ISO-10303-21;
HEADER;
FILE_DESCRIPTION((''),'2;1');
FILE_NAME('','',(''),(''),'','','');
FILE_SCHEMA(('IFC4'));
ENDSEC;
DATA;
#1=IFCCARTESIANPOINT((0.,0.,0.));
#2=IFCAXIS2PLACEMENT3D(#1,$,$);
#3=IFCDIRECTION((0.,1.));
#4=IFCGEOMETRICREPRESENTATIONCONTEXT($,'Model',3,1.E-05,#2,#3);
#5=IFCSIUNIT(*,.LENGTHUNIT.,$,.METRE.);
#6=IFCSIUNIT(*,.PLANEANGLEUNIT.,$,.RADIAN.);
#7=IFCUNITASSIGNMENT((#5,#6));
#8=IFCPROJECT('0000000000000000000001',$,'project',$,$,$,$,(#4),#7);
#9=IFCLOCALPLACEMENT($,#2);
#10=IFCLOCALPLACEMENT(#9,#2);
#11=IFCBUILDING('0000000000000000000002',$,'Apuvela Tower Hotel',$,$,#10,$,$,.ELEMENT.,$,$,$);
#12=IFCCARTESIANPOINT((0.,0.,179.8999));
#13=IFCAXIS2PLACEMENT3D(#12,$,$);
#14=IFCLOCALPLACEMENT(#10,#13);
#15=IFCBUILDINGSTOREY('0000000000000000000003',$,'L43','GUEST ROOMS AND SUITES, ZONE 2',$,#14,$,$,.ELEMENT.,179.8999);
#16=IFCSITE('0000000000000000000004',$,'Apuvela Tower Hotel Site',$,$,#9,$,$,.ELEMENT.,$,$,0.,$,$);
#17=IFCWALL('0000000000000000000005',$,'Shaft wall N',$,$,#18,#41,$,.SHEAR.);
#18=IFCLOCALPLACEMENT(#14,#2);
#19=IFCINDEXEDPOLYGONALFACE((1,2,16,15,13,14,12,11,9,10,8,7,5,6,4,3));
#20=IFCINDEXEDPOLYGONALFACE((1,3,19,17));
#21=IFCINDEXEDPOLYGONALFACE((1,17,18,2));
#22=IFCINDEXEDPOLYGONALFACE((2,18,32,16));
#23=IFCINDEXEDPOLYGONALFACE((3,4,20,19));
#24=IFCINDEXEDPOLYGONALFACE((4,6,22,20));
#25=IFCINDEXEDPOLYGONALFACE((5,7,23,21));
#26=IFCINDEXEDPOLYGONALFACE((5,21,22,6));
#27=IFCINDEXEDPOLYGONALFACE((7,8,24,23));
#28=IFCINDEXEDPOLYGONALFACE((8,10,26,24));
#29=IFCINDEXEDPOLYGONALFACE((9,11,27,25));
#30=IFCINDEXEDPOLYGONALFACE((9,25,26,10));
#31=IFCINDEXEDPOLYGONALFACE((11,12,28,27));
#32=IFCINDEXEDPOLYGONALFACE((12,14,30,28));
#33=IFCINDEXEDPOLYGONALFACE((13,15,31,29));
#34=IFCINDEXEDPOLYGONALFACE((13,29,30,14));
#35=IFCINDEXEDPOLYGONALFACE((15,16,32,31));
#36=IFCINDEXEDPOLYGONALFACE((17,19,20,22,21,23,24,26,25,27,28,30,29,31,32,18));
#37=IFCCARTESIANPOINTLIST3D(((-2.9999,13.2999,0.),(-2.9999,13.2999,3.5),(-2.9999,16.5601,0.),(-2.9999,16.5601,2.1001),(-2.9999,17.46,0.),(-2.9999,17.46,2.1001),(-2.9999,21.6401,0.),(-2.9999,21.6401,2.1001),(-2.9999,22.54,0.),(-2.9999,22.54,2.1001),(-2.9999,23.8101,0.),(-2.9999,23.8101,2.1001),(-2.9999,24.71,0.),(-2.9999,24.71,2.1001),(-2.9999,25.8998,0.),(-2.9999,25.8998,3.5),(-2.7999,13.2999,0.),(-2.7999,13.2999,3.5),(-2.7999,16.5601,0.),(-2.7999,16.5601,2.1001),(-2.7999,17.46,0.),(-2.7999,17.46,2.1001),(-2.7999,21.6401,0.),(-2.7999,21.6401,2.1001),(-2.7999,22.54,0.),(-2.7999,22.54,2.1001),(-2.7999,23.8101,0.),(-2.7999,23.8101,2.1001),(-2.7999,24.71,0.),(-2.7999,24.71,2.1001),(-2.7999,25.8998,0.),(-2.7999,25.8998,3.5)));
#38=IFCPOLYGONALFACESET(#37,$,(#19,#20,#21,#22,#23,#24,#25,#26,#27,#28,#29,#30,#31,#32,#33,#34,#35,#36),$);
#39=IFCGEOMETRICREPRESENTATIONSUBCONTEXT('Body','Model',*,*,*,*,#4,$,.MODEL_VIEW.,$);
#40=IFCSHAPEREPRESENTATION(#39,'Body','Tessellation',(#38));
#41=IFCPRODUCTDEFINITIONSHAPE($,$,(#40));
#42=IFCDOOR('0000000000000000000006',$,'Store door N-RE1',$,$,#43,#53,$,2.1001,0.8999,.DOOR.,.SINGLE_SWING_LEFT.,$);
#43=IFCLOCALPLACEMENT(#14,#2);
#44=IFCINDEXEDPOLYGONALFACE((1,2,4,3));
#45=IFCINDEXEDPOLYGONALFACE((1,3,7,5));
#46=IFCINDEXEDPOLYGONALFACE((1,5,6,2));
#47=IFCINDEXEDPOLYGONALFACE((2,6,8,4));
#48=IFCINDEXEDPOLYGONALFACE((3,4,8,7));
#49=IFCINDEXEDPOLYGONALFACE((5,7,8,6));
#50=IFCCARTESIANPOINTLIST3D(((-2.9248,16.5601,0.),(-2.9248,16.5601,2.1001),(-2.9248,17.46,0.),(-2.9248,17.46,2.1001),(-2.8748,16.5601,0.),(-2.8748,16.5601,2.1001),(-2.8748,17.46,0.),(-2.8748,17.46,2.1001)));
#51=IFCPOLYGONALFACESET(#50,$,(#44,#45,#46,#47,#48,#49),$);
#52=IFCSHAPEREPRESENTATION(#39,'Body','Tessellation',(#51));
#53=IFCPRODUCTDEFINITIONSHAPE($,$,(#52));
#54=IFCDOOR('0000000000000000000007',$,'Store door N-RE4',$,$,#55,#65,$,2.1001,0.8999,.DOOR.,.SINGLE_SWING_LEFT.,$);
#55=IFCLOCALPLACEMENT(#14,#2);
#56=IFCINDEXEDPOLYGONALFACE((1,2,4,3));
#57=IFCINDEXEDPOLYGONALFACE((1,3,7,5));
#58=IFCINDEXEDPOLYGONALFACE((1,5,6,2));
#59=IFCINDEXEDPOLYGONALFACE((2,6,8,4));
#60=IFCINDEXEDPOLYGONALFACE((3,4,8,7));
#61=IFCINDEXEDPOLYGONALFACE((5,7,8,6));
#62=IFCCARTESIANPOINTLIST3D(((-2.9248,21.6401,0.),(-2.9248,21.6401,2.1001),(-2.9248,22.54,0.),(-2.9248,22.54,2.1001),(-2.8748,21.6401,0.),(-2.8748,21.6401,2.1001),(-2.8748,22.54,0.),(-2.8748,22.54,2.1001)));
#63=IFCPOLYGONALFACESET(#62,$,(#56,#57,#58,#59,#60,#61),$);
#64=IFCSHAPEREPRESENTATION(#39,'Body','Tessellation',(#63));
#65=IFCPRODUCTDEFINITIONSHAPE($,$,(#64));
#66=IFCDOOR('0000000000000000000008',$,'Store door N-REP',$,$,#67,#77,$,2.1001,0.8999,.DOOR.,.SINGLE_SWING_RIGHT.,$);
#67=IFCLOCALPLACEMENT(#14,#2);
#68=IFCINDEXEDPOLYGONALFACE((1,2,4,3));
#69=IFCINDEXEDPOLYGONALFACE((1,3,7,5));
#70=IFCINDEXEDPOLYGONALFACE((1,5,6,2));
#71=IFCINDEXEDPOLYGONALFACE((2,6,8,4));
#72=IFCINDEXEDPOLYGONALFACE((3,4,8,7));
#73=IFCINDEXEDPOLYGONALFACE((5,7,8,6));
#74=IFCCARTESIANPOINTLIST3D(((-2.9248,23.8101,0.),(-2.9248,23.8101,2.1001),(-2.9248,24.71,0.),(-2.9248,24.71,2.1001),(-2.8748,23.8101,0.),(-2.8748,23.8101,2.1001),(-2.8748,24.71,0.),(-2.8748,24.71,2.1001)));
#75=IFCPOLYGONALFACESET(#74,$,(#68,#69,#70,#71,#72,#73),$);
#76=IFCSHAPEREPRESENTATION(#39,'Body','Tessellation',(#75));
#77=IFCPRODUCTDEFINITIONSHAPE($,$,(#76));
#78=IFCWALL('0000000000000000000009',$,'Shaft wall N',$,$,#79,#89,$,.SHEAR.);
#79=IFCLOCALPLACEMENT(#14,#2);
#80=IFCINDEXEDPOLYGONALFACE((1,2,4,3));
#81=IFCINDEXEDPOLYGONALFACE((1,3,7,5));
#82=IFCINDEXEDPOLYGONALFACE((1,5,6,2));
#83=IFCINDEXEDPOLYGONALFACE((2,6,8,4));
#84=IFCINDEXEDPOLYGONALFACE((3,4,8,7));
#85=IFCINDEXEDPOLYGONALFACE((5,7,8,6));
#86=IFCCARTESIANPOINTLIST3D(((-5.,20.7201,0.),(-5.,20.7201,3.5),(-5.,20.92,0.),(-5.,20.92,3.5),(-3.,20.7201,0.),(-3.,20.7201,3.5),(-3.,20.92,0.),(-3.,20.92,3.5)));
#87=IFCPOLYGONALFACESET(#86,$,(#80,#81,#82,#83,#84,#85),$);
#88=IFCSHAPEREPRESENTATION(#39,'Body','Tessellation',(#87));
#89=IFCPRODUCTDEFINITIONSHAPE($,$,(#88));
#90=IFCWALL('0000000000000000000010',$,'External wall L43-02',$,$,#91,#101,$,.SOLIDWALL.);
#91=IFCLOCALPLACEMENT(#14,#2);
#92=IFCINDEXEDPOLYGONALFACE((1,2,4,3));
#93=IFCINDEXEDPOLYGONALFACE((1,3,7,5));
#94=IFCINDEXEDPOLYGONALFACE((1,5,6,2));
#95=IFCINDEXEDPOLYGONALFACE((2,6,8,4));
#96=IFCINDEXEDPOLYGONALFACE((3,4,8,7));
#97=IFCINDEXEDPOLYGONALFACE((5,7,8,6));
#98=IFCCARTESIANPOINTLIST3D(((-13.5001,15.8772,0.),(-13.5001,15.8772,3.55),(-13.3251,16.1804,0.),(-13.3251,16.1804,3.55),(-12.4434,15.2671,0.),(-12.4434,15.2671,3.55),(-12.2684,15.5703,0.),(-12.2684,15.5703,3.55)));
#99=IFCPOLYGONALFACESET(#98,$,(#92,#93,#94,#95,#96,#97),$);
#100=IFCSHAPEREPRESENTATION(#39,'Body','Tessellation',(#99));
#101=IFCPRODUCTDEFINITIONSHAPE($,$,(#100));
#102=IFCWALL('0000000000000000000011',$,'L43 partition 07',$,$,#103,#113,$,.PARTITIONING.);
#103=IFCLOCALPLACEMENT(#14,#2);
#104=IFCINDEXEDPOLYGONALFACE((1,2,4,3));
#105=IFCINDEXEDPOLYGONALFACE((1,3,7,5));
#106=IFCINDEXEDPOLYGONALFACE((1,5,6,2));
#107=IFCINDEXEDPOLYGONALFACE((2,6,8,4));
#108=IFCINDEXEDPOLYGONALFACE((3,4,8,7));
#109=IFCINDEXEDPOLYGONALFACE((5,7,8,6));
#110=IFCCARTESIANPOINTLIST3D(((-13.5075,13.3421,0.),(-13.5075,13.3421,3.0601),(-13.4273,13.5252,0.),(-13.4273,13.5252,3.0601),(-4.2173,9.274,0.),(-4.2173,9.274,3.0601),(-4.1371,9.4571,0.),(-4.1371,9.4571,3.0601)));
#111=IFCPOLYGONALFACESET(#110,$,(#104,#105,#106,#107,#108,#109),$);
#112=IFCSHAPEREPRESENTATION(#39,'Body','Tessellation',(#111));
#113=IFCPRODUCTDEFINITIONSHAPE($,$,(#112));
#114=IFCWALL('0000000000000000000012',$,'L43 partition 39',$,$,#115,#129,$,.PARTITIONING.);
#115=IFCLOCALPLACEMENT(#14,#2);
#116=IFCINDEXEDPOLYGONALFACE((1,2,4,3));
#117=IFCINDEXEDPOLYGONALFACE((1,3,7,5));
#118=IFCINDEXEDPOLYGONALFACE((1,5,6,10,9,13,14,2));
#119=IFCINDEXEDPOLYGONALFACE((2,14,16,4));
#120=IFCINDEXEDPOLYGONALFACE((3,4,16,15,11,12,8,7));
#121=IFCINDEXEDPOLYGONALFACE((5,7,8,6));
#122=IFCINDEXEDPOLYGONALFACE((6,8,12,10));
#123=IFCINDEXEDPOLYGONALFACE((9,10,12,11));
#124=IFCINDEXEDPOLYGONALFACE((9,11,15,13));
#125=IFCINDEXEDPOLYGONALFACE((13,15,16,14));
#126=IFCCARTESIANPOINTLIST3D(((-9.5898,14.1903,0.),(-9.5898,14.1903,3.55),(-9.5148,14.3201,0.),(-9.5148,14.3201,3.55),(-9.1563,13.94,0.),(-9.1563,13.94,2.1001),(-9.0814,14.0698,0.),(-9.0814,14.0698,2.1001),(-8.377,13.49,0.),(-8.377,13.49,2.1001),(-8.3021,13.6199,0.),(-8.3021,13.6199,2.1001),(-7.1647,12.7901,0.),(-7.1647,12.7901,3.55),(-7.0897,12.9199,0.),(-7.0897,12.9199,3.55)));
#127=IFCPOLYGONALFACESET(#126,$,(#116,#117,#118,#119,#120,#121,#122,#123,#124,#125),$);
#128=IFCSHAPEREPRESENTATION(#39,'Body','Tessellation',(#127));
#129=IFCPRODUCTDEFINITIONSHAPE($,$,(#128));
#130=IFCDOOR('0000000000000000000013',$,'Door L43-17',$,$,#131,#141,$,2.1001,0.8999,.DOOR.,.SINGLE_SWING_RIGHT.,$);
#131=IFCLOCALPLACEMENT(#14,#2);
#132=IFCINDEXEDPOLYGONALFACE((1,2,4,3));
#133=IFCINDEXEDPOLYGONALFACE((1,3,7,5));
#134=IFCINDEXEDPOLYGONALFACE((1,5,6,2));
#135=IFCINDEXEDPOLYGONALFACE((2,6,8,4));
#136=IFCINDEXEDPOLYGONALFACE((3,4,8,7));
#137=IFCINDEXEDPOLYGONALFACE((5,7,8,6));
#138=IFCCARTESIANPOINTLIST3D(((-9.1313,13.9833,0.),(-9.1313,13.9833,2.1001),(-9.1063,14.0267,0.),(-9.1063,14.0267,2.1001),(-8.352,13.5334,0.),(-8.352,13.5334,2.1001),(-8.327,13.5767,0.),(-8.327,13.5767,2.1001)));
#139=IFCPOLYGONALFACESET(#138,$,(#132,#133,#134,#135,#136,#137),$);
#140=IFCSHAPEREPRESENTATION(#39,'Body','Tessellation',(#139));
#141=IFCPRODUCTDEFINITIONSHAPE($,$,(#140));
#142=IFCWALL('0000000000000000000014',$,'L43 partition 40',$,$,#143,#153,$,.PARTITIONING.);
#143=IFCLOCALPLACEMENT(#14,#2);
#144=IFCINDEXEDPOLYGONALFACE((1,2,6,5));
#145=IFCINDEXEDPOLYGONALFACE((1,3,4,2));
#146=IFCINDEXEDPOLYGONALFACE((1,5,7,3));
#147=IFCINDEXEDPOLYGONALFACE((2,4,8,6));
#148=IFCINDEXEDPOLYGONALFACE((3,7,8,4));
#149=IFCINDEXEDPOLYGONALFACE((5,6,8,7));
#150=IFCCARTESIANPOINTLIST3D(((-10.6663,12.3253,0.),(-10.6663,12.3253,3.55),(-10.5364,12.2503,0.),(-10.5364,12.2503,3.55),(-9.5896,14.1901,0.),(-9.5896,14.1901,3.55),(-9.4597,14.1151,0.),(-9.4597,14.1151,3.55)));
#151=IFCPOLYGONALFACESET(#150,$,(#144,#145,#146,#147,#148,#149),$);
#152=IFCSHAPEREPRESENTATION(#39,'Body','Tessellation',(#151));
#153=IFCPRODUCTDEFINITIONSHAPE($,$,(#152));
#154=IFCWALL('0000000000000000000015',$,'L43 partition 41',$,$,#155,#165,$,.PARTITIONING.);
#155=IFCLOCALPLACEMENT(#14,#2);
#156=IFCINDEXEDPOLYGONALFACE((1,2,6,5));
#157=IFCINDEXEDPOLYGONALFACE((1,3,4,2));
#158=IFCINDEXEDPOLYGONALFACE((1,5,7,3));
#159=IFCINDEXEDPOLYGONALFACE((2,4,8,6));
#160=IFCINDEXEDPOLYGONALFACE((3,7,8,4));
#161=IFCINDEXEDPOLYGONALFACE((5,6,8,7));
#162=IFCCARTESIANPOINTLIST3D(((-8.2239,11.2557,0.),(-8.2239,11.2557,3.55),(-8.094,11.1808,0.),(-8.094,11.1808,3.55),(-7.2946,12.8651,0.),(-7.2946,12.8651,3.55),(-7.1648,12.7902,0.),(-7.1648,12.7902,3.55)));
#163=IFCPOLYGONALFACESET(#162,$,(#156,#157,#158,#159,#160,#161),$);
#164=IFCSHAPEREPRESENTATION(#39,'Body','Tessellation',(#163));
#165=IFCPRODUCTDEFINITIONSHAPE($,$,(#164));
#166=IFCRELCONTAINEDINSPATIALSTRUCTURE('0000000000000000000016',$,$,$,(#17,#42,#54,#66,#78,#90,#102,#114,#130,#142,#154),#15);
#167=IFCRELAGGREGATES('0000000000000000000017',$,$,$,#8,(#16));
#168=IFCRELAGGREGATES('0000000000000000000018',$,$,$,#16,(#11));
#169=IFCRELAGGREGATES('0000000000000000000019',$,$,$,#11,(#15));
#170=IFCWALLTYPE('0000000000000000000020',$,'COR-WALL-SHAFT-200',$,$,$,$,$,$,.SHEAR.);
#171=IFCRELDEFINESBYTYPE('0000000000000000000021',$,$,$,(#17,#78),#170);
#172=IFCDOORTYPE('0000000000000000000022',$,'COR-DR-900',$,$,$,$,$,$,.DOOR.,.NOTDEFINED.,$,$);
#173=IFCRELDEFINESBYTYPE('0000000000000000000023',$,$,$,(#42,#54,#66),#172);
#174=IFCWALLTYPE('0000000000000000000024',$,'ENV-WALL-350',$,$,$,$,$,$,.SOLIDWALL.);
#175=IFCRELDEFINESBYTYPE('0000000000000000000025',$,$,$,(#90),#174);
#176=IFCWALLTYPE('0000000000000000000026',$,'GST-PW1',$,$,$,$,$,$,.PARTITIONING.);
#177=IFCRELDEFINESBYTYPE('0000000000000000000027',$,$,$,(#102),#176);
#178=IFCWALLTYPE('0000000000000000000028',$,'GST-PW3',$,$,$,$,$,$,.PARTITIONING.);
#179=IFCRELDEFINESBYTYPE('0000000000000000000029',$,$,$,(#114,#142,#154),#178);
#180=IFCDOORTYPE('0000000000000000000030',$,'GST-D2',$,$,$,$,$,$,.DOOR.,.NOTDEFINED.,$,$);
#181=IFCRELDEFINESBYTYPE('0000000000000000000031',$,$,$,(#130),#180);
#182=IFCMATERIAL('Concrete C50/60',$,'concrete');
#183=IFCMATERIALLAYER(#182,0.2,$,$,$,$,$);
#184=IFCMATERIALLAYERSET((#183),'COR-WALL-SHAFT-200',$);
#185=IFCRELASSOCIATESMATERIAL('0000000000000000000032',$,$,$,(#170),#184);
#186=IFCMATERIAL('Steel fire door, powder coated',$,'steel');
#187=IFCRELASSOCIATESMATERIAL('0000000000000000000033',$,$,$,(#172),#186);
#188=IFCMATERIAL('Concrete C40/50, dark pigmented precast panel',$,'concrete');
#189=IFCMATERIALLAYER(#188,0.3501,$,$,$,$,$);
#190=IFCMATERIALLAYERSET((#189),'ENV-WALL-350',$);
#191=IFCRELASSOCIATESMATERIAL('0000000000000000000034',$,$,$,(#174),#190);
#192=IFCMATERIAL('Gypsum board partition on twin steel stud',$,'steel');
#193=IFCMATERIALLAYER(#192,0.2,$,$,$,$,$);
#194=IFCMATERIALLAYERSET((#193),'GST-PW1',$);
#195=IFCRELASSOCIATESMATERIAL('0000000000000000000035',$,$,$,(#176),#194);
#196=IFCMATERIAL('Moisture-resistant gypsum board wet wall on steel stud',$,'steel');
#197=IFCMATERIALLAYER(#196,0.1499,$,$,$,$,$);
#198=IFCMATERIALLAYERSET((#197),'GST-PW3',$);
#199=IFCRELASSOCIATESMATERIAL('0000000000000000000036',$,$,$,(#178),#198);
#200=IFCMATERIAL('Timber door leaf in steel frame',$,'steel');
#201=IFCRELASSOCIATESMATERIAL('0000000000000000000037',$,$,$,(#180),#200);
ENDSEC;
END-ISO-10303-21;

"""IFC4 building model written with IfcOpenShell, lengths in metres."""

from ifc_helpers import new_model, si_unit, direction, frame, frame_2d, origin, place, context, subcontext, project, spatial, rectangle, extrude, material, layer, layer_set, type_object, element, fill, save


model = new_model("IFC4")

# Units and contexts
model_context = context("Model", 3, precision=1e-05, world=origin(), true_north=direction((0.0, 1.0)))
body_context = subcontext(model_context, "Body", "Model", "MODEL_VIEW")
ifc_project = project(units=[si_unit("LENGTHUNIT", "METRE"), si_unit("PLANEANGLEUNIT", "RADIAN")], contexts=[model_context])

# Site, building, storey
site_placement = place(None, origin())
site = spatial("IfcSite", under=ifc_project, at=site_placement, Name="Apuvela Tower Hotel Site", CompositionType="ELEMENT", RefElevation=0.0)
building_placement = place(site_placement, origin())
building = spatial("IfcBuilding", under=site, at=building_placement, Name="Apuvela Tower Hotel", CompositionType="ELEMENT")
storey_placement = place(building_placement, frame((0.0, 0.0, 179.8999)))
storey = spatial("IfcBuildingStorey", under=building, at=storey_placement, Name="L43", Description="GUEST ROOMS AND SUITES, ZONE 2", CompositionType="ELEMENT", Elevation=179.8999)

# Shared definitions
ifc_material_1 = material(Name="Concrete C50/60", Category="concrete")
ifc_layer_1 = layer(ifc_material_1, 0.2)
ifc_layer_set_1 = layer_set([ifc_layer_1], Name="COR-WALL-SHAFT-200")
wall_type_1 = type_object("IfcWallType", Name="COR-WALL-SHAFT-200", PredefinedType="SHEAR", material=ifc_layer_set_1)

# Wall, openings, doors
wall_1_placement = place(storey_placement, frame((-2.8999, 13.3, 0.0), z_axis=(0.0, 0.0, 1.0), x_axis=(0.0, 1.0, 0.0)))
wall_1 = element("IfcWall", 1, at=wall_1_placement, inside=storey, type_object=wall_type_1, Name="Shaft wall N", PredefinedType="SHEAR", context=body_context, shape_type="SweptSolid", body=[
    extrude(rectangle(XDim=12.5999, YDim=0.2, at=frame_2d((6.2998, 0.0))), origin(), (0.0, 0.0, 1.0), 3.5),
])
opening_1_placement = place(wall_1_placement, frame((3.26, 0.0, 0.0)))
opening_1 = element("IfcOpeningElement", 2, at=opening_1_placement, cuts=wall_1, PredefinedType="OPENING", context=body_context, shape_type="SweptSolid", body=[
    extrude(rectangle(XDim=0.8999, YDim=2.1001, at=frame_2d((0.45, 1.05))), frame((0.0, 0.1099, 0.0), z_axis=(0.0, -1.0, 0.0), x_axis=(1.0, 0.0, 0.0)), (0.0, 0.0, 1.0), 0.22),
])
opening_2_placement = place(wall_1_placement, frame((8.3401, 0.0, 0.0)))
opening_2 = element("IfcOpeningElement", 3, at=opening_2_placement, cuts=wall_1, PredefinedType="OPENING", context=body_context, shape_type="SweptSolid", body=[
    extrude(rectangle(XDim=0.8999, YDim=2.1001, at=frame_2d((0.45, 1.05))), frame((0.0, 0.1099, 0.0), z_axis=(0.0, -1.0, 0.0), x_axis=(1.0, 0.0, 0.0)), (0.0, 0.0, 1.0), 0.22),
])
opening_3_placement = place(wall_1_placement, frame((10.51, 0.0, 0.0)))
opening_3 = element("IfcOpeningElement", 4, at=opening_3_placement, cuts=wall_1, PredefinedType="OPENING", context=body_context, shape_type="SweptSolid", body=[
    extrude(rectangle(XDim=0.8999, YDim=2.1001, at=frame_2d((0.45, 1.05))), frame((0.0, 0.1099, 0.0), z_axis=(0.0, -1.0, 0.0), x_axis=(1.0, 0.0, 0.0)), (0.0, 0.0, 1.0), 0.22),
])
ifc_material_2 = material(Name="Steel fire door, powder coated", Category="steel")
door_type_1 = type_object("IfcDoorType", Name="COR-DR-900", OperationType="NOTDEFINED", PredefinedType="DOOR", material=ifc_material_2)
door_1_placement = place(opening_1_placement, origin())
door_1 = element("IfcDoor", 5, at=door_1_placement, inside=storey, type_object=door_type_1, Name="Store door N-RE1", OperationType="SINGLE_SWING_LEFT", OverallHeight=2.1001, OverallWidth=0.8999, PredefinedType="DOOR", context=body_context, shape_type="SweptSolid", body=[
    extrude(rectangle(XDim=0.8999, YDim=2.1001, at=frame_2d((0.45, 1.05))), frame((0.0, 0.0249, 0.0), z_axis=(0.0, -1.0, 0.0), x_axis=(1.0, 0.0, 0.0)), (0.0, 0.0, 1.0), 0.05),
])
fill(opening_1, door_1)
door_2_placement = place(opening_2_placement, origin())
door_2 = element("IfcDoor", 6, at=door_2_placement, inside=storey, type_object=door_type_1, Name="Store door N-RE4", OperationType="SINGLE_SWING_LEFT", OverallHeight=2.1001, OverallWidth=0.8999, PredefinedType="DOOR", context=body_context, shape_type="SweptSolid", body=[
    extrude(rectangle(XDim=0.8999, YDim=2.1001, at=frame_2d((0.45, 1.05))), frame((0.0, 0.0249, 0.0), z_axis=(0.0, -1.0, 0.0), x_axis=(1.0, 0.0, 0.0)), (0.0, 0.0, 1.0), 0.05),
])
fill(opening_2, door_2)
door_3_placement = place(opening_3_placement, origin())
door_3 = element("IfcDoor", 7, at=door_3_placement, inside=storey, type_object=door_type_1, Name="Store door N-REP", OperationType="SINGLE_SWING_RIGHT", OverallHeight=2.1001, OverallWidth=0.8999, PredefinedType="DOOR", context=body_context, shape_type="SweptSolid", body=[
    extrude(rectangle(XDim=0.8999, YDim=2.1001, at=frame_2d((0.45, 1.05))), frame((0.0, 0.0249, 0.0), z_axis=(0.0, -1.0, 0.0), x_axis=(1.0, 0.0, 0.0)), (0.0, 0.0, 1.0), 0.05),
])
fill(opening_3, door_3)

# Walls
wall_2_placement = place(storey_placement, frame((-3.0, 20.8201, 0.0), z_axis=(0.0, 0.0, 1.0), x_axis=(-1.0, 0.0, 0.0)))
element("IfcWall", 8, at=wall_2_placement, inside=storey, type_object=wall_type_1, Name="Shaft wall N", PredefinedType="SHEAR", context=body_context, shape_type="SweptSolid", body=[
    extrude(rectangle(XDim=2.0, YDim=0.2, at=frame_2d((1.0, 0.0))), origin(), (0.0, 0.0, 1.0), 3.5),
])
ifc_material_3 = material(Name="Concrete C40/50, dark pigmented precast panel", Category="concrete")
ifc_layer_2 = layer(ifc_material_3, 0.3501)
ifc_layer_set_2 = layer_set([ifc_layer_2], Name="ENV-WALL-350")
wall_type_2 = type_object("IfcWallType", Name="ENV-WALL-350", PredefinedType="SOLIDWALL", material=ifc_layer_set_2)
wall_3_placement = place(storey_placement, frame((-13.4126, 16.0288, 0.0), z_axis=(0.0, 0.0, 1.0), x_axis=(0.866006, -0.500034, 0.0)))
element("IfcWall", 9, at=wall_3_placement, inside=storey, type_object=wall_type_2, Name="External wall L43-02", PredefinedType="SOLIDWALL", context=body_context, shape_type="SweptSolid", body=[
    extrude(rectangle(XDim=1.2202, YDim=0.3501, at=frame_2d((0.6101, 0.0))), origin(), (0.0, 0.0, 1.0), 3.55),
])

# Wall
ifc_material_4 = material(Name="Gypsum board partition on twin steel stud", Category="steel")
ifc_layer_3 = layer(ifc_material_4, 0.2)
ifc_layer_set_3 = layer_set([ifc_layer_3], Name="GST-PW1")
wall_type_3 = type_object("IfcWallType", Name="GST-PW1", PredefinedType="PARTITIONING", material=ifc_layer_set_3)
wall_4_placement = place(storey_placement, frame((-13.4673, 13.4336, 0.0), z_axis=(0.0, 0.0, 1.0), x_axis=(0.916026, -0.401118, 0.0)))
element("IfcWall", 10, at=wall_4_placement, inside=storey, type_object=wall_type_3, Name="L43 partition 07", PredefinedType="PARTITIONING", context=body_context, shape_type="SweptSolid", body=[
    extrude(rectangle(XDim=10.1418, YDim=0.2, at=frame_2d((5.0708, 0.0))), origin(), (0.0, 0.0, 1.0), 3.0601),
])

# Wall, opening, door
ifc_material_5 = material(Name="Moisture-resistant gypsum board wet wall on steel stud", Category="steel")
ifc_layer_4 = layer(ifc_material_5, 0.1499)
ifc_layer_set_4 = layer_set([ifc_layer_4], Name="GST-PW3")
wall_type_4 = type_object("IfcWallType", Name="GST-PW3", PredefinedType="PARTITIONING", material=ifc_layer_set_4)
wall_5_placement = place(storey_placement, frame((-7.1272, 12.855, 0.0), z_axis=(0.0, 0.0, 1.0), x_axis=(-0.866019, 0.500012, 0.0)))
wall_5 = element("IfcWall", 11, at=wall_5_placement, inside=storey, type_object=wall_type_4, Name="L43 partition 39", PredefinedType="PARTITIONING", context=body_context, shape_type="SweptSolid", body=[
    extrude(rectangle(XDim=2.8003, YDim=0.1499, at=frame_2d((1.4001, 0.0))), origin(), (0.0, 0.0, 1.0), 3.55),
])
opening_4_placement = place(wall_5_placement, frame((1.3999, 0.0, 0.0)))
opening_4 = element("IfcOpeningElement", 12, at=opening_4_placement, cuts=wall_5, PredefinedType="OPENING", context=body_context, shape_type="SweptSolid", body=[
    extrude(rectangle(XDim=0.8999, YDim=2.1001, at=frame_2d((0.45, 1.05))), frame((0.0, 0.085, 0.0), z_axis=(0.0, -1.0, 0.0), x_axis=(1.0, 0.0, 0.0)), (0.0, 0.0, 1.0), 0.1699),
])
ifc_material_6 = material(Name="Timber door leaf in steel frame", Category="steel")
door_type_2 = type_object("IfcDoorType", Name="GST-D2", OperationType="NOTDEFINED", PredefinedType="DOOR", material=ifc_material_6)
door_4_placement = place(opening_4_placement, origin())
door_4 = element("IfcDoor", 13, at=door_4_placement, inside=storey, type_object=door_type_2, Name="Door L43-17", OperationType="SINGLE_SWING_RIGHT", OverallHeight=2.1001, OverallWidth=0.8999, PredefinedType="DOOR", context=body_context, shape_type="SweptSolid", body=[
    extrude(rectangle(XDim=0.8999, YDim=2.1001, at=frame_2d((0.45, 1.05))), frame((0.0, 0.0249, 0.0), z_axis=(0.0, -1.0, 0.0), x_axis=(1.0, 0.0, 0.0)), (0.0, 0.0, 1.0), 0.05),
])
fill(opening_4, door_4)

# Walls
wall_6_placement = place(storey_placement, frame((-9.5247, 14.1526, 0.0), z_axis=(0.0, 0.0, 1.0), x_axis=(-0.500017, -0.866016, 0.0)))
element("IfcWall", 14, at=wall_6_placement, inside=storey, type_object=wall_type_4, Name="L43 partition 40", PredefinedType="PARTITIONING", context=body_context, shape_type="SweptSolid", body=[
    extrude(rectangle(XDim=2.1533, YDim=0.1499, at=frame_2d((1.0767, 0.0))), origin(), (0.0, 0.0, 1.0), 3.55),
])
wall_7_placement = place(storey_placement, frame((-7.2297, 12.8276, 0.0), z_axis=(0.0, 0.0, 1.0), x_axis=(-0.500011, -0.866019, 0.0)))
element("IfcWall", 15, at=wall_7_placement, inside=storey, type_object=wall_type_4, Name="L43 partition 41", PredefinedType="PARTITIONING", context=body_context, shape_type="SweptSolid", body=[
    extrude(rectangle(XDim=1.8584, YDim=0.1499, at=frame_2d((0.9292, 0.0))), origin(), (0.0, 0.0, 1.0), 3.55),
])

save(model, "model.ifc")
